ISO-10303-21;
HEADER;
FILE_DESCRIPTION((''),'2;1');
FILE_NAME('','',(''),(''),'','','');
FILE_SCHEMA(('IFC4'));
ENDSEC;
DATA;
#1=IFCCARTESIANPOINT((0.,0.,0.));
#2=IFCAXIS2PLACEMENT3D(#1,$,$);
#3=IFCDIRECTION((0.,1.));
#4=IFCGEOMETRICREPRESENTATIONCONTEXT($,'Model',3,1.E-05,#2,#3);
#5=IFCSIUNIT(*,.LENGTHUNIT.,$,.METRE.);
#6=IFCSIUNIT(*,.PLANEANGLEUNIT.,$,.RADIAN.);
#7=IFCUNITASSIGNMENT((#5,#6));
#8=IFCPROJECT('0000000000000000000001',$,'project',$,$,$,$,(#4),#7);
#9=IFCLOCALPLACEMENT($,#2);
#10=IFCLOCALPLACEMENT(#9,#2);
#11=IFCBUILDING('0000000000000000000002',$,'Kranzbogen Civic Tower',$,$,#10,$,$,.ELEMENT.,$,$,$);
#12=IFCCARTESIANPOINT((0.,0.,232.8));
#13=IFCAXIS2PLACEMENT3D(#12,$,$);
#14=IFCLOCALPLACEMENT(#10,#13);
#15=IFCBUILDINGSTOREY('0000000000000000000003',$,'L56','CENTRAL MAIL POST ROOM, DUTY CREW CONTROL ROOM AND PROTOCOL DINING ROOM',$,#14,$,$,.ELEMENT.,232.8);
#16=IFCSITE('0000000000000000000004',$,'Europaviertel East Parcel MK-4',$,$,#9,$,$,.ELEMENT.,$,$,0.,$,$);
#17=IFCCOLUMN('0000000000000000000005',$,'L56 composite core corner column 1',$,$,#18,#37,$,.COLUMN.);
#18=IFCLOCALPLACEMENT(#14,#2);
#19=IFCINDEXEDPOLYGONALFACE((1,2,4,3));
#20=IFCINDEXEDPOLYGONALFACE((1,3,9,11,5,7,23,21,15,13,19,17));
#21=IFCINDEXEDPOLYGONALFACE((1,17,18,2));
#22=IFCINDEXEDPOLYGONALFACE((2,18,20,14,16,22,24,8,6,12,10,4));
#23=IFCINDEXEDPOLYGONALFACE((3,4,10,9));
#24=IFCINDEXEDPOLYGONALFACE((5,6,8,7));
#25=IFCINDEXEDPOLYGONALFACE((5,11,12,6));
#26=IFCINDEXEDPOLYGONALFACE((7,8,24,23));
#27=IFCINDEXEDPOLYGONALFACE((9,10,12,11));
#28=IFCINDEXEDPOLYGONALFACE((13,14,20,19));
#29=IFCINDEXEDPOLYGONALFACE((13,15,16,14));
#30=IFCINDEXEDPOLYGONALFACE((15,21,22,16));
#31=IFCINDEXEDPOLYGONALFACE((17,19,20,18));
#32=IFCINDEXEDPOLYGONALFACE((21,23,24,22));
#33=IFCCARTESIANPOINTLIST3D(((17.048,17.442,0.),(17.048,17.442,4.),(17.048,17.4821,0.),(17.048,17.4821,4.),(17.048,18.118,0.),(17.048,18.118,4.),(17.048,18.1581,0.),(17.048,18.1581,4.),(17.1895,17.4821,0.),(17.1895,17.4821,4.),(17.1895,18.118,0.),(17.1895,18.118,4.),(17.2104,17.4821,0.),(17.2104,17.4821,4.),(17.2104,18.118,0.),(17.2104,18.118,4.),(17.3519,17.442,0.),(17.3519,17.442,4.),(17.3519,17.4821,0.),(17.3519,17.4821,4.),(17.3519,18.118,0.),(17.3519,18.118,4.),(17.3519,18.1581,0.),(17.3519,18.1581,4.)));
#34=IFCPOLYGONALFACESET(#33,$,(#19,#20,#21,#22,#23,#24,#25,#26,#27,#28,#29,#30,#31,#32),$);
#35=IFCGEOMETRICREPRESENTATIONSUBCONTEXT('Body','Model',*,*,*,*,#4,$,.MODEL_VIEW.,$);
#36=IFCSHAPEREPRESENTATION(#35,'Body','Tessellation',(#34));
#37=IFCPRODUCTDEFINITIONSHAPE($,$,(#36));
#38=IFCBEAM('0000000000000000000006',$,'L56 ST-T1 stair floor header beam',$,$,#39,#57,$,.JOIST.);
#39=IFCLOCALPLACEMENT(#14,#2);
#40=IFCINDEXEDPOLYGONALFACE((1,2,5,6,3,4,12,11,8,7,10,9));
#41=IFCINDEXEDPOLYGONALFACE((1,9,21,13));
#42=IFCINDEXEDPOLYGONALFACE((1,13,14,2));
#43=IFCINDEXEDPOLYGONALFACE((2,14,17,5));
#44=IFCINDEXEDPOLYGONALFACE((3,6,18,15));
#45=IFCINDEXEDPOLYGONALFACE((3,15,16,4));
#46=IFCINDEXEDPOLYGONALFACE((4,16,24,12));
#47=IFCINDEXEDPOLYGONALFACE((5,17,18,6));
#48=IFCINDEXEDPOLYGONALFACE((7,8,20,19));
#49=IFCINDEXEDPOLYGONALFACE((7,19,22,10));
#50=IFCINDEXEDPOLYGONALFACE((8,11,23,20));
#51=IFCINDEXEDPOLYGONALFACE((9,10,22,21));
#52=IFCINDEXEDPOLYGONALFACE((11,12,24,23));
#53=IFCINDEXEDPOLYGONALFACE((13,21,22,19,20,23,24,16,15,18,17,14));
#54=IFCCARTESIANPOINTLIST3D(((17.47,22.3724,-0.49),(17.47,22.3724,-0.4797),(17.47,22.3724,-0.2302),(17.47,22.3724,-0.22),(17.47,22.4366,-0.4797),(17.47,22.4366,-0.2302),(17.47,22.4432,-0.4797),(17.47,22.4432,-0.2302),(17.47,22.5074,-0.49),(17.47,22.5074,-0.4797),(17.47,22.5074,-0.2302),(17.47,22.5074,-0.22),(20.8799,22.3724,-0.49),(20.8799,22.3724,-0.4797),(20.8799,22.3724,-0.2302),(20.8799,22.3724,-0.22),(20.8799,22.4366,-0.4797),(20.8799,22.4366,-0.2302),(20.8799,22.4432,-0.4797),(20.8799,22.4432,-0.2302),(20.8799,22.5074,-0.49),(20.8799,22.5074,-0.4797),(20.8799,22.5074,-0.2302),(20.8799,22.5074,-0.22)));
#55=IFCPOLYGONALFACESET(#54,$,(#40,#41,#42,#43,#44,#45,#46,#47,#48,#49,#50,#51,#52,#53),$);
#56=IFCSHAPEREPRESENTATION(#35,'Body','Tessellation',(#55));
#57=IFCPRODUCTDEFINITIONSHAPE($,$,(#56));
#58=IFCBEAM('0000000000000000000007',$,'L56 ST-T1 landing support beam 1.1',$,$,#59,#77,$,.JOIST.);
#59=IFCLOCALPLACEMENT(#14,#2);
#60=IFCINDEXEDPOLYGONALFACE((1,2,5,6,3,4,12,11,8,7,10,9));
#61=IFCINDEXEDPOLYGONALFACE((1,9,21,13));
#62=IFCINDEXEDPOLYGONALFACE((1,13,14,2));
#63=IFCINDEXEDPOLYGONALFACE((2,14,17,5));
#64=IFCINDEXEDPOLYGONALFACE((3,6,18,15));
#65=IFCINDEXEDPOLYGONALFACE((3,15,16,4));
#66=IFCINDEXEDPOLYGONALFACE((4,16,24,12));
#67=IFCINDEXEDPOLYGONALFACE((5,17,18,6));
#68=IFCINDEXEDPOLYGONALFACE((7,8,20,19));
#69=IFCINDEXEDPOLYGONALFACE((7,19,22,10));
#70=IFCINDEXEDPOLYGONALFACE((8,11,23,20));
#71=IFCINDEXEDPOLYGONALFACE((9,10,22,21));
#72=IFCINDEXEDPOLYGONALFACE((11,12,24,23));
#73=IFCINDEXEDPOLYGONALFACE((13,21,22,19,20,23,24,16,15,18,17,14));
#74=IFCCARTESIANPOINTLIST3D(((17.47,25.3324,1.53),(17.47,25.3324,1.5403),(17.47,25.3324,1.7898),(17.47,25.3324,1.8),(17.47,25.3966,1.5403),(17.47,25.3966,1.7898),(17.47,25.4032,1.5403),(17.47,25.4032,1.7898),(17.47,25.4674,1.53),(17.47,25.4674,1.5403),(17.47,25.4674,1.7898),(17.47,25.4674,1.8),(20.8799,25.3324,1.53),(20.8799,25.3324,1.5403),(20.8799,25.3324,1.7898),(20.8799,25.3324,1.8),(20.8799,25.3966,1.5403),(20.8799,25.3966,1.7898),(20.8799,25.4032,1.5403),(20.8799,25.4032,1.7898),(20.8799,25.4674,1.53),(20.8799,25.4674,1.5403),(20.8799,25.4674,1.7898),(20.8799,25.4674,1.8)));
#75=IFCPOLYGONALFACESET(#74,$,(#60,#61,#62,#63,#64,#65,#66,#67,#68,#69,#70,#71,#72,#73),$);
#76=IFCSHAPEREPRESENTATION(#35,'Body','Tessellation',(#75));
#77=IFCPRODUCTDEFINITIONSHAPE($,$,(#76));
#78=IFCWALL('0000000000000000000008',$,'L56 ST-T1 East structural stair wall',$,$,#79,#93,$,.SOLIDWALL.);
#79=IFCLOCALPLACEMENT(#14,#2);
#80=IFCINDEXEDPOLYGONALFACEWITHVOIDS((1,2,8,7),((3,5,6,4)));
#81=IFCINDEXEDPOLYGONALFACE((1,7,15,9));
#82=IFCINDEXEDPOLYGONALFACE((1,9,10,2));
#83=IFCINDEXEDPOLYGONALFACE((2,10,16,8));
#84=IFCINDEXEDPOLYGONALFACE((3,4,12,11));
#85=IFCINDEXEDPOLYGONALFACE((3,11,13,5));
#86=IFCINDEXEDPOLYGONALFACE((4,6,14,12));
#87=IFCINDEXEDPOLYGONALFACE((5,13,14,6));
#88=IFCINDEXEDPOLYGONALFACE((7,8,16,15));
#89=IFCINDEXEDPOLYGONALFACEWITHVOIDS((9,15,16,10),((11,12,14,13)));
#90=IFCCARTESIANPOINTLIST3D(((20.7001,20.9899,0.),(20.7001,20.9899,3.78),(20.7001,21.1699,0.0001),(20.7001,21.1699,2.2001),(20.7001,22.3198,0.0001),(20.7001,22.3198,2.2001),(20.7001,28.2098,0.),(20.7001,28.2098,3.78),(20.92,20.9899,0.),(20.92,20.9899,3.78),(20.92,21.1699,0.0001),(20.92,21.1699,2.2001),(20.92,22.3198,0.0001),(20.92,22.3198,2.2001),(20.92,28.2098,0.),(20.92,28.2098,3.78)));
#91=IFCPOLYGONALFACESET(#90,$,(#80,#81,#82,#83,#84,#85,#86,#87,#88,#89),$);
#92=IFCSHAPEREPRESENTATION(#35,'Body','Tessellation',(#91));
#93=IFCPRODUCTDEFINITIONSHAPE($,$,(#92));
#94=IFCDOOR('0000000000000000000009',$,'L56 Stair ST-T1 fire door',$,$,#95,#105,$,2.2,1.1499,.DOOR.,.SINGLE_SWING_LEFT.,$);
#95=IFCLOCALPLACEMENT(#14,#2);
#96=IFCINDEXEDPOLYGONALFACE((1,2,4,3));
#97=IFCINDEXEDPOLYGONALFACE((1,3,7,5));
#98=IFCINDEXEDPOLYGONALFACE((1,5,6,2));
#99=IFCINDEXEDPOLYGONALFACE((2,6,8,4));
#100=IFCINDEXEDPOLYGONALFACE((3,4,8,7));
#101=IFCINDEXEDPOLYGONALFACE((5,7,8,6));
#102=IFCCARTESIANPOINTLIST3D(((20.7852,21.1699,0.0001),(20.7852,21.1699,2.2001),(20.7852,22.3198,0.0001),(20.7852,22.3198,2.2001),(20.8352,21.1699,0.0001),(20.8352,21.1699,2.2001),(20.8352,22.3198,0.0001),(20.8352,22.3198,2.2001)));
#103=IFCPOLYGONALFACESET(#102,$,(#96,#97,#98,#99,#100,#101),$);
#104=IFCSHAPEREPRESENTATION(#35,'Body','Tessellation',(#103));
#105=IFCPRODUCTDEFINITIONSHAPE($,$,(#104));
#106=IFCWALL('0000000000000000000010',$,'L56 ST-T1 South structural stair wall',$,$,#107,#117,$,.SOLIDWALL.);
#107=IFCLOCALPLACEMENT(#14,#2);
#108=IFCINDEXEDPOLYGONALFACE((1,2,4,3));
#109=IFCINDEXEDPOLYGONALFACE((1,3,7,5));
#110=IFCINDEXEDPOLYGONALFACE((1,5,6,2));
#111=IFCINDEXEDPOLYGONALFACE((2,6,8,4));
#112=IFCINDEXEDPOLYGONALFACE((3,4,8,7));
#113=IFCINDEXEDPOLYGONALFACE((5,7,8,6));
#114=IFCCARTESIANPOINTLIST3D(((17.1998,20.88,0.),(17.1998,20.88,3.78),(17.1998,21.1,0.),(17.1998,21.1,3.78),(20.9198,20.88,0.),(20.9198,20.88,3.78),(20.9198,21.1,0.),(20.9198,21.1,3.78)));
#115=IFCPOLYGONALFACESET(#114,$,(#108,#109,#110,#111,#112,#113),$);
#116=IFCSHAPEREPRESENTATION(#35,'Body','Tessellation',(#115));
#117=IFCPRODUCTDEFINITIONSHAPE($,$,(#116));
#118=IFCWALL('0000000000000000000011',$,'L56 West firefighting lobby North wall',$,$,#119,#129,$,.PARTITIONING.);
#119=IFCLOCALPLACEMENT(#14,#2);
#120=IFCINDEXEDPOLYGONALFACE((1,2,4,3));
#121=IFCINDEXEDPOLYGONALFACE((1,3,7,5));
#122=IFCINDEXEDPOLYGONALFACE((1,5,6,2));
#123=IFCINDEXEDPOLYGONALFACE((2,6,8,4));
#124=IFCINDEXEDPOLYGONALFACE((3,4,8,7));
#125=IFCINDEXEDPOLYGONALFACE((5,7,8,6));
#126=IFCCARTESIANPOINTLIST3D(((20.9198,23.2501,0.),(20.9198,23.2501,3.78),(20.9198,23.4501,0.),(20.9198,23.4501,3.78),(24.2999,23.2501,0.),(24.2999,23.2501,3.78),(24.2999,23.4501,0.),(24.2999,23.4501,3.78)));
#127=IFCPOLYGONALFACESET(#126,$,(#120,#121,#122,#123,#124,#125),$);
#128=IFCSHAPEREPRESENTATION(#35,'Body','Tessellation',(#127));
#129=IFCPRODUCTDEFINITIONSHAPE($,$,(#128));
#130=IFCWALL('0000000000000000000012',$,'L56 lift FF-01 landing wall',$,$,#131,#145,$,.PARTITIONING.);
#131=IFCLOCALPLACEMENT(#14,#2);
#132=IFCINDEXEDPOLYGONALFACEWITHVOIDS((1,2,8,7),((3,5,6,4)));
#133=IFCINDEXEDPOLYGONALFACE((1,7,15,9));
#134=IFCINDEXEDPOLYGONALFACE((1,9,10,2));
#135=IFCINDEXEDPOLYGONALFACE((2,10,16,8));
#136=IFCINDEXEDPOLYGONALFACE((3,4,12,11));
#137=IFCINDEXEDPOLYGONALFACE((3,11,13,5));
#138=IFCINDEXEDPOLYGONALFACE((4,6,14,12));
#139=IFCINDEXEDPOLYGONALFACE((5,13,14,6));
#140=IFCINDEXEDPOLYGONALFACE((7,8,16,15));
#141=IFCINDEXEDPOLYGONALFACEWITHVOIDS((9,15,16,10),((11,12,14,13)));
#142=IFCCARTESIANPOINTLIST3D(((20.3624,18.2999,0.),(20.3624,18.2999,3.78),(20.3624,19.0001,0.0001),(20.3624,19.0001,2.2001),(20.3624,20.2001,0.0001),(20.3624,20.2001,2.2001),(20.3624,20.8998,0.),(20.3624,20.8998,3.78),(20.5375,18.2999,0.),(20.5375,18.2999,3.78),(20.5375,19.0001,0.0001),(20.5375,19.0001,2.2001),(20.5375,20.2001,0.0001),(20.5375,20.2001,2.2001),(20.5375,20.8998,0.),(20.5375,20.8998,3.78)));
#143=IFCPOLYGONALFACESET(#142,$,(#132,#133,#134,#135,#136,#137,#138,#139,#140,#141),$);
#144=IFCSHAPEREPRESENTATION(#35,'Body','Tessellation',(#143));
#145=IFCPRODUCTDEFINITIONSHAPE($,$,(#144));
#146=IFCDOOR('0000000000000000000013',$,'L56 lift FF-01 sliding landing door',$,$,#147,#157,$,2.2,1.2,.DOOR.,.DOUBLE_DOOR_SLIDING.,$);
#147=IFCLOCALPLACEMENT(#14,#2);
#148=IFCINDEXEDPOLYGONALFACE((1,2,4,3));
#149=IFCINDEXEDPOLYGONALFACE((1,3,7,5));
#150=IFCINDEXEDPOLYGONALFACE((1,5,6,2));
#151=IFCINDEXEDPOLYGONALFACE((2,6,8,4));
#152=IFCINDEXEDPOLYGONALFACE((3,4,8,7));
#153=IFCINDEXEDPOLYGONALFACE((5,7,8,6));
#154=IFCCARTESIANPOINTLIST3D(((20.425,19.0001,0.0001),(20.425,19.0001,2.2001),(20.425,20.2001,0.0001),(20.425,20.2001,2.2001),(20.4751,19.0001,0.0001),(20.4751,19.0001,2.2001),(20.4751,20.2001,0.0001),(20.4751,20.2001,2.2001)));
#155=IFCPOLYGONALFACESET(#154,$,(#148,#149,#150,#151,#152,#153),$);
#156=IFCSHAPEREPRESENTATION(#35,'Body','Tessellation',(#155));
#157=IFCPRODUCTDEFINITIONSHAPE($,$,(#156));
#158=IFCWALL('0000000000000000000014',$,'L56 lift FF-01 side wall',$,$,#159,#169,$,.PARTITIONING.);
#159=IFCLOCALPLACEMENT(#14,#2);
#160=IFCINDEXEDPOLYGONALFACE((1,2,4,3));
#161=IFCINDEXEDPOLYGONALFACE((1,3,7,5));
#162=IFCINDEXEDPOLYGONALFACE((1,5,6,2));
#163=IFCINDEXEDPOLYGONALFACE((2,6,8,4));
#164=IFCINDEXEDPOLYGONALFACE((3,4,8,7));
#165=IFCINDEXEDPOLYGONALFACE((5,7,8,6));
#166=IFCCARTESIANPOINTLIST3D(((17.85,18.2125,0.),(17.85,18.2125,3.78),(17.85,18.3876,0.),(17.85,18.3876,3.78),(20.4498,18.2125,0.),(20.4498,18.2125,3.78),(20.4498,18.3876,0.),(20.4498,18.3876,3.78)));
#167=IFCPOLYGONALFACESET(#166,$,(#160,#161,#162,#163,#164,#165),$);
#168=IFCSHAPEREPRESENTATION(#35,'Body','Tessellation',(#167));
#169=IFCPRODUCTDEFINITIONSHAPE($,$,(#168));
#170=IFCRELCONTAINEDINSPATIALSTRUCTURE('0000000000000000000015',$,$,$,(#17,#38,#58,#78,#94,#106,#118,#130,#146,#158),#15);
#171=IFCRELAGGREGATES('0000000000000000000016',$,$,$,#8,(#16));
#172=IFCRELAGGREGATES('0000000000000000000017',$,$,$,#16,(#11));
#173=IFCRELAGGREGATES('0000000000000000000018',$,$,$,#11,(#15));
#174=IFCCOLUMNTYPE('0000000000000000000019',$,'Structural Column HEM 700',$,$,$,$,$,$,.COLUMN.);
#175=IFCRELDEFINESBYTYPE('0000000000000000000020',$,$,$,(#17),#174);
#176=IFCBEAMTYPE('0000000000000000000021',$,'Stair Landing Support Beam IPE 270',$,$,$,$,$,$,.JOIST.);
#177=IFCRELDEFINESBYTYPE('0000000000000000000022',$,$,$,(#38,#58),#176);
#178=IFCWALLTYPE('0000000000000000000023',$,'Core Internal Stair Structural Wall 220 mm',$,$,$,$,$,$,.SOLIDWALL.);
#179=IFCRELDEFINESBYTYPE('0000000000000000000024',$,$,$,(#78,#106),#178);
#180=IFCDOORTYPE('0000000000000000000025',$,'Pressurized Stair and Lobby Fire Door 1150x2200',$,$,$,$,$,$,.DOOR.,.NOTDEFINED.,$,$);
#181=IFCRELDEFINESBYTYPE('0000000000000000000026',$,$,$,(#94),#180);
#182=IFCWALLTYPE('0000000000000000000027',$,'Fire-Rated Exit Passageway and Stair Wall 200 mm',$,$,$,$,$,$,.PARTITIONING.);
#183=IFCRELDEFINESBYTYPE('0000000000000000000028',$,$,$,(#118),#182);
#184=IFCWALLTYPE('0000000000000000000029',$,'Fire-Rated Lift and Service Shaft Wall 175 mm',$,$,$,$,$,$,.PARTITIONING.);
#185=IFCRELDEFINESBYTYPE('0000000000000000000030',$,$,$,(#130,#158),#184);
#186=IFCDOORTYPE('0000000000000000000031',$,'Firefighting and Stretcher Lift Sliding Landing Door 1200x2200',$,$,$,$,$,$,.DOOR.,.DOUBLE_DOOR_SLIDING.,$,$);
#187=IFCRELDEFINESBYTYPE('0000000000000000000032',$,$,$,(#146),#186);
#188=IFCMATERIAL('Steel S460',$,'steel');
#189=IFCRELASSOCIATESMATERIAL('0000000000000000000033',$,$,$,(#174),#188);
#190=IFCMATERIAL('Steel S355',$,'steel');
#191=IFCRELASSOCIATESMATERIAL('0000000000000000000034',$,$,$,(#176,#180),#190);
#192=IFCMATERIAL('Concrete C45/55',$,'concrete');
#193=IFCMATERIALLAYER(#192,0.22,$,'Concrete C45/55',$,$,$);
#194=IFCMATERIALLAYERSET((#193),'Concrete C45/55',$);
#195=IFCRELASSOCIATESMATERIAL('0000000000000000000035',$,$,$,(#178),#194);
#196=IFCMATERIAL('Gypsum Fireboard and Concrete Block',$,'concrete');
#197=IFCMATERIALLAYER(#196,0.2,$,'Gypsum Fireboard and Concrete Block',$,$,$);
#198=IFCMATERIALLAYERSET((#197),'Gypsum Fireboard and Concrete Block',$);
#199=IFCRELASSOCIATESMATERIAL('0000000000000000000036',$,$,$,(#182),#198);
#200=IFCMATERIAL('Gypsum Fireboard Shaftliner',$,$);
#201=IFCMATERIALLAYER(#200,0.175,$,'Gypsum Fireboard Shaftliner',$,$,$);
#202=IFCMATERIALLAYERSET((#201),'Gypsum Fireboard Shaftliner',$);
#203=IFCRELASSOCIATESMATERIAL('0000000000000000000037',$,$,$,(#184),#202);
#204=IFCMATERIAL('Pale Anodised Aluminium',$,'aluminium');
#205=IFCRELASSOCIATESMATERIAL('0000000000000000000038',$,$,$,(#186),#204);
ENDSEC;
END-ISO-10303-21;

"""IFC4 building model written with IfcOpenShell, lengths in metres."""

from ifc_helpers import new_model, si_unit, direction, frame, frame_2d, origin, origin_2d, place, context, subcontext, project, spatial, rectangle, i_section, extrude, material, layer, layer_set, material_profile, profile_set, type_object, element, fill, save


model = new_model("IFC4")

# Units and contexts
model_context = context("Model", 3, precision=1e-05, world=origin(), true_north=direction((0.0, 1.0)))
body_context = subcontext(model_context, "Body", "Model", "MODEL_VIEW")
ifc_project = project(units=[si_unit("LENGTHUNIT", "METRE"), si_unit("PLANEANGLEUNIT", "RADIAN")], contexts=[model_context])

# Site, building, storey
site_placement = place(None, origin())
site = spatial("IfcSite", under=ifc_project, at=site_placement, Name="Europaviertel East Parcel MK-4", CompositionType="ELEMENT", RefElevation=0.0)
building_placement = place(site_placement, origin())
building = spatial("IfcBuilding", under=site, at=building_placement, Name="Kranzbogen Civic Tower", CompositionType="ELEMENT")
storey_placement = place(building_placement, frame((0.0, 0.0, 232.8)))
storey = spatial("IfcBuildingStorey", under=building, at=storey_placement, Name="L56", Description="CENTRAL MAIL POST ROOM, DUTY CREW CONTROL ROOM AND PROTOCOL DINING ROOM", CompositionType="ELEMENT", Elevation=232.8)

# Column
ifc_material_1 = material(Name="Steel S460", Category="steel")
ifc_material_profile_1 = material_profile(ifc_material_1, i_section(OverallWidth=0.304, OverallDepth=0.7161, WebThickness=0.021, FlangeThickness=0.04, at=origin_2d()), Name="HEM 700")
ifc_profile_set_1 = profile_set([ifc_material_profile_1], Name="Steel S460")
column_type = type_object("IfcColumnType", Name="Structural Column HEM 700", PredefinedType="COLUMN", material=ifc_profile_set_1)
column_placement = place(storey_placement, frame((17.2, 17.8, 0.0), z_axis=(0.0, 0.0, 1.0), x_axis=(1.0, 0.0, 0.0)))
element("IfcColumn", 1, at=column_placement, inside=storey, type_object=column_type, Name="L56 composite core corner column 1", PredefinedType="COLUMN", context=body_context, shape_type="SweptSolid", body=[
    extrude(i_section(OverallWidth=0.304, OverallDepth=0.7161, WebThickness=0.021, FlangeThickness=0.04, at=origin_2d()), origin(), (0.0, 0.0, 1.0), 4.0),
])

# Beams
ifc_material_2 = material(Name="Steel S355", Category="steel")
ifc_material_profile_2 = material_profile(ifc_material_2, i_section(OverallWidth=0.135, OverallDepth=0.27, WebThickness=0.0066, FlangeThickness=0.0103, at=origin_2d()), Name="IPE 270")
ifc_profile_set_2 = profile_set([ifc_material_profile_2], Name="Steel S355")
beam_type = type_object("IfcBeamType", Name="Stair Landing Support Beam IPE 270", PredefinedType="JOIST", material=ifc_profile_set_2)
for number, where, z_axis, x_axis, name in (
    (2, (20.8799, 22.4399, -0.355), (-1.0, 0.0, 0.0), (0.0, -1.0, 0.0), "L56 ST-T1 stair floor header beam"),
    (3, (20.8799, 25.3999, 1.665), (-1.0, 0.0, 0.0), (0.0, -1.0, 0.0), "L56 ST-T1 landing support beam 1.1"),
):
    element("IfcBeam", number, at=place(storey_placement, frame(where, z_axis=z_axis, x_axis=x_axis)), inside=storey, type_object=beam_type, Name=name, PredefinedType="JOIST", context=body_context, shape_type="SweptSolid", body=[
        extrude(i_section(OverallWidth=0.135, OverallDepth=0.27, WebThickness=0.0066, FlangeThickness=0.0103, at=origin_2d()), origin(), (0.0, 0.0, 1.0), 3.4099),
    ])

# Wall, opening, door
ifc_material_3 = material(Name="Concrete C45/55", Category="concrete")
ifc_layer_1 = layer(ifc_material_3, 0.22, Name="Concrete C45/55")
ifc_layer_set_1 = layer_set([ifc_layer_1], Name="Concrete C45/55")
wall_type_1 = type_object("IfcWallType", Name="Core Internal Stair Structural Wall 220 mm", PredefinedType="SOLIDWALL", material=ifc_layer_set_1)
wall_1_placement = place(storey_placement, frame((20.8101, 20.99, 0.0), z_axis=(0.0, 0.0, 1.0), x_axis=(0.0, 1.0, 0.0)))
wall_1 = element("IfcWall", 4, at=wall_1_placement, inside=storey, type_object=wall_type_1, Name="L56 ST-T1 East structural stair wall", PredefinedType="SOLIDWALL", context=body_context, shape_type="SweptSolid", body=[
    extrude(rectangle(XDim=7.22, YDim=0.22, at=frame_2d((3.6099, 0.0))), origin(), (0.0, 0.0, 1.0), 3.78),
])
opening_1_placement = place(wall_1_placement, frame((0.1799, 0.0, 0.0)))
opening_1 = element("IfcOpeningElement", 5, at=opening_1_placement, cuts=wall_1, PredefinedType="OPENING", context=body_context, shape_type="SweptSolid", body=[
    extrude(rectangle(XDim=1.1499, YDim=2.2, at=frame_2d((0.575, 1.1001))), frame((0.0, 0.1201, 0.0), z_axis=(0.0, -1.0, 0.0), x_axis=(1.0, 0.0, 0.0)), (0.0, 0.0, 1.0), 0.24),
])
door_type_1 = type_object("IfcDoorType", Name="Pressurized Stair and Lobby Fire Door 1150x2200", OperationType="NOTDEFINED", PredefinedType="DOOR", material=ifc_material_2)
door_1_placement = place(opening_1_placement, origin())
door_1 = element("IfcDoor", 6, at=door_1_placement, inside=storey, type_object=door_type_1, Name="L56 Stair ST-T1 fire door", OperationType="SINGLE_SWING_LEFT", OverallHeight=2.2, OverallWidth=1.1499, PredefinedType="DOOR", context=body_context, shape_type="SweptSolid", body=[
    extrude(rectangle(XDim=1.1499, YDim=2.2, at=frame_2d((0.575, 1.1001))), frame((0.0, 0.0249, 0.0), z_axis=(0.0, -1.0, 0.0), x_axis=(1.0, 0.0, 0.0)), (0.0, 0.0, 1.0), 0.05),
])
fill(opening_1, door_1)

# Walls
wall_2_placement = place(storey_placement, frame((17.2, 20.99, 0.0), z_axis=(0.0, 0.0, 1.0), x_axis=(1.0, 0.0, 0.0)))
element("IfcWall", 7, at=wall_2_placement, inside=storey, type_object=wall_type_1, Name="L56 ST-T1 South structural stair wall", PredefinedType="SOLIDWALL", context=body_context, shape_type="SweptSolid", body=[
    extrude(rectangle(XDim=3.72, YDim=0.22, at=frame_2d((1.8599, 0.0))), origin(), (0.0, 0.0, 1.0), 3.78),
])
ifc_material_4 = material(Name="Gypsum Fireboard and Concrete Block", Category="concrete")
ifc_layer_2 = layer(ifc_material_4, 0.2, Name="Gypsum Fireboard and Concrete Block")
ifc_layer_set_2 = layer_set([ifc_layer_2], Name="Gypsum Fireboard and Concrete Block")
wall_type_2 = type_object("IfcWallType", Name="Fire-Rated Exit Passageway and Stair Wall 200 mm", PredefinedType="PARTITIONING", material=ifc_layer_set_2)
wall_3_placement = place(storey_placement, frame((20.9199, 23.3501, 0.0), z_axis=(0.0, 0.0, 1.0), x_axis=(1.0, 0.0, 0.0)))
element("IfcWall", 8, at=wall_3_placement, inside=storey, type_object=wall_type_2, Name="L56 West firefighting lobby North wall", PredefinedType="PARTITIONING", context=body_context, shape_type="SweptSolid", body=[
    extrude(rectangle(XDim=3.3801, YDim=0.2, at=frame_2d((1.6899, 0.0))), origin(), (0.0, 0.0, 1.0), 3.78),
])

# Wall, opening, door
ifc_material_5 = material(Name="Gypsum Fireboard Shaftliner")
ifc_layer_3 = layer(ifc_material_5, 0.175, Name="Gypsum Fireboard Shaftliner")
ifc_layer_set_3 = layer_set([ifc_layer_3], Name="Gypsum Fireboard Shaftliner")
wall_type_3 = type_object("IfcWallType", Name="Fire-Rated Lift and Service Shaft Wall 175 mm", PredefinedType="PARTITIONING", material=ifc_layer_set_3)
wall_4_placement = place(storey_placement, frame((20.45, 18.3, 0.0), z_axis=(0.0, 0.0, 1.0), x_axis=(0.0, 1.0, 0.0)))
wall_4 = element("IfcWall", 9, at=wall_4_placement, inside=storey, type_object=wall_type_3, Name="L56 lift FF-01 landing wall", PredefinedType="PARTITIONING", context=body_context, shape_type="SweptSolid", body=[
    extrude(rectangle(XDim=2.5999, YDim=0.175, at=frame_2d((1.2998, 0.0))), origin(), (0.0, 0.0, 1.0), 3.78),
])
opening_2_placement = place(wall_4_placement, frame((0.7, 0.0, 0.0)))
opening_2 = element("IfcOpeningElement", 10, at=opening_2_placement, cuts=wall_4, PredefinedType="OPENING", context=body_context, shape_type="SweptSolid", body=[
    extrude(rectangle(XDim=1.2, YDim=2.2, at=frame_2d((0.6001, 1.1001))), frame((0.0, 0.0977, 0.0), z_axis=(0.0, -1.0, 0.0), x_axis=(1.0, 0.0, 0.0)), (0.0, 0.0, 1.0), 0.1951),
])
ifc_material_6 = material(Name="Pale Anodised Aluminium", Category="aluminium")
door_type_2 = type_object("IfcDoorType", Name="Firefighting and Stretcher Lift Sliding Landing Door 1200x2200", OperationType="DOUBLE_DOOR_SLIDING", PredefinedType="DOOR", material=ifc_material_6)
door_2_placement = place(opening_2_placement, origin())
door_2 = element("IfcDoor", 11, at=door_2_placement, inside=storey, type_object=door_type_2, Name="L56 lift FF-01 sliding landing door", OperationType="DOUBLE_DOOR_SLIDING", OverallHeight=2.2, OverallWidth=1.2, PredefinedType="DOOR", context=body_context, shape_type="SweptSolid", body=[
    extrude(rectangle(XDim=1.2, YDim=2.2, at=frame_2d((0.6001, 1.1001))), frame((0.0, 0.0249, 0.0), z_axis=(0.0, -1.0, 0.0), x_axis=(1.0, 0.0, 0.0)), (0.0, 0.0, 1.0), 0.05),
])
fill(opening_2, door_2)

# Wall
wall_5_placement = place(storey_placement, frame((17.8501, 18.3, 0.0), z_axis=(0.0, 0.0, 1.0), x_axis=(1.0, 0.0, 0.0)))
element("IfcWall", 12, at=wall_5_placement, inside=storey, type_object=wall_type_3, Name="L56 lift FF-01 side wall", PredefinedType="PARTITIONING", context=body_context, shape_type="SweptSolid", body=[
    extrude(rectangle(XDim=2.5999, YDim=0.175, at=frame_2d((1.2998, 0.0))), origin(), (0.0, 0.0, 1.0), 3.78),
])

save(model, "model.ifc")
